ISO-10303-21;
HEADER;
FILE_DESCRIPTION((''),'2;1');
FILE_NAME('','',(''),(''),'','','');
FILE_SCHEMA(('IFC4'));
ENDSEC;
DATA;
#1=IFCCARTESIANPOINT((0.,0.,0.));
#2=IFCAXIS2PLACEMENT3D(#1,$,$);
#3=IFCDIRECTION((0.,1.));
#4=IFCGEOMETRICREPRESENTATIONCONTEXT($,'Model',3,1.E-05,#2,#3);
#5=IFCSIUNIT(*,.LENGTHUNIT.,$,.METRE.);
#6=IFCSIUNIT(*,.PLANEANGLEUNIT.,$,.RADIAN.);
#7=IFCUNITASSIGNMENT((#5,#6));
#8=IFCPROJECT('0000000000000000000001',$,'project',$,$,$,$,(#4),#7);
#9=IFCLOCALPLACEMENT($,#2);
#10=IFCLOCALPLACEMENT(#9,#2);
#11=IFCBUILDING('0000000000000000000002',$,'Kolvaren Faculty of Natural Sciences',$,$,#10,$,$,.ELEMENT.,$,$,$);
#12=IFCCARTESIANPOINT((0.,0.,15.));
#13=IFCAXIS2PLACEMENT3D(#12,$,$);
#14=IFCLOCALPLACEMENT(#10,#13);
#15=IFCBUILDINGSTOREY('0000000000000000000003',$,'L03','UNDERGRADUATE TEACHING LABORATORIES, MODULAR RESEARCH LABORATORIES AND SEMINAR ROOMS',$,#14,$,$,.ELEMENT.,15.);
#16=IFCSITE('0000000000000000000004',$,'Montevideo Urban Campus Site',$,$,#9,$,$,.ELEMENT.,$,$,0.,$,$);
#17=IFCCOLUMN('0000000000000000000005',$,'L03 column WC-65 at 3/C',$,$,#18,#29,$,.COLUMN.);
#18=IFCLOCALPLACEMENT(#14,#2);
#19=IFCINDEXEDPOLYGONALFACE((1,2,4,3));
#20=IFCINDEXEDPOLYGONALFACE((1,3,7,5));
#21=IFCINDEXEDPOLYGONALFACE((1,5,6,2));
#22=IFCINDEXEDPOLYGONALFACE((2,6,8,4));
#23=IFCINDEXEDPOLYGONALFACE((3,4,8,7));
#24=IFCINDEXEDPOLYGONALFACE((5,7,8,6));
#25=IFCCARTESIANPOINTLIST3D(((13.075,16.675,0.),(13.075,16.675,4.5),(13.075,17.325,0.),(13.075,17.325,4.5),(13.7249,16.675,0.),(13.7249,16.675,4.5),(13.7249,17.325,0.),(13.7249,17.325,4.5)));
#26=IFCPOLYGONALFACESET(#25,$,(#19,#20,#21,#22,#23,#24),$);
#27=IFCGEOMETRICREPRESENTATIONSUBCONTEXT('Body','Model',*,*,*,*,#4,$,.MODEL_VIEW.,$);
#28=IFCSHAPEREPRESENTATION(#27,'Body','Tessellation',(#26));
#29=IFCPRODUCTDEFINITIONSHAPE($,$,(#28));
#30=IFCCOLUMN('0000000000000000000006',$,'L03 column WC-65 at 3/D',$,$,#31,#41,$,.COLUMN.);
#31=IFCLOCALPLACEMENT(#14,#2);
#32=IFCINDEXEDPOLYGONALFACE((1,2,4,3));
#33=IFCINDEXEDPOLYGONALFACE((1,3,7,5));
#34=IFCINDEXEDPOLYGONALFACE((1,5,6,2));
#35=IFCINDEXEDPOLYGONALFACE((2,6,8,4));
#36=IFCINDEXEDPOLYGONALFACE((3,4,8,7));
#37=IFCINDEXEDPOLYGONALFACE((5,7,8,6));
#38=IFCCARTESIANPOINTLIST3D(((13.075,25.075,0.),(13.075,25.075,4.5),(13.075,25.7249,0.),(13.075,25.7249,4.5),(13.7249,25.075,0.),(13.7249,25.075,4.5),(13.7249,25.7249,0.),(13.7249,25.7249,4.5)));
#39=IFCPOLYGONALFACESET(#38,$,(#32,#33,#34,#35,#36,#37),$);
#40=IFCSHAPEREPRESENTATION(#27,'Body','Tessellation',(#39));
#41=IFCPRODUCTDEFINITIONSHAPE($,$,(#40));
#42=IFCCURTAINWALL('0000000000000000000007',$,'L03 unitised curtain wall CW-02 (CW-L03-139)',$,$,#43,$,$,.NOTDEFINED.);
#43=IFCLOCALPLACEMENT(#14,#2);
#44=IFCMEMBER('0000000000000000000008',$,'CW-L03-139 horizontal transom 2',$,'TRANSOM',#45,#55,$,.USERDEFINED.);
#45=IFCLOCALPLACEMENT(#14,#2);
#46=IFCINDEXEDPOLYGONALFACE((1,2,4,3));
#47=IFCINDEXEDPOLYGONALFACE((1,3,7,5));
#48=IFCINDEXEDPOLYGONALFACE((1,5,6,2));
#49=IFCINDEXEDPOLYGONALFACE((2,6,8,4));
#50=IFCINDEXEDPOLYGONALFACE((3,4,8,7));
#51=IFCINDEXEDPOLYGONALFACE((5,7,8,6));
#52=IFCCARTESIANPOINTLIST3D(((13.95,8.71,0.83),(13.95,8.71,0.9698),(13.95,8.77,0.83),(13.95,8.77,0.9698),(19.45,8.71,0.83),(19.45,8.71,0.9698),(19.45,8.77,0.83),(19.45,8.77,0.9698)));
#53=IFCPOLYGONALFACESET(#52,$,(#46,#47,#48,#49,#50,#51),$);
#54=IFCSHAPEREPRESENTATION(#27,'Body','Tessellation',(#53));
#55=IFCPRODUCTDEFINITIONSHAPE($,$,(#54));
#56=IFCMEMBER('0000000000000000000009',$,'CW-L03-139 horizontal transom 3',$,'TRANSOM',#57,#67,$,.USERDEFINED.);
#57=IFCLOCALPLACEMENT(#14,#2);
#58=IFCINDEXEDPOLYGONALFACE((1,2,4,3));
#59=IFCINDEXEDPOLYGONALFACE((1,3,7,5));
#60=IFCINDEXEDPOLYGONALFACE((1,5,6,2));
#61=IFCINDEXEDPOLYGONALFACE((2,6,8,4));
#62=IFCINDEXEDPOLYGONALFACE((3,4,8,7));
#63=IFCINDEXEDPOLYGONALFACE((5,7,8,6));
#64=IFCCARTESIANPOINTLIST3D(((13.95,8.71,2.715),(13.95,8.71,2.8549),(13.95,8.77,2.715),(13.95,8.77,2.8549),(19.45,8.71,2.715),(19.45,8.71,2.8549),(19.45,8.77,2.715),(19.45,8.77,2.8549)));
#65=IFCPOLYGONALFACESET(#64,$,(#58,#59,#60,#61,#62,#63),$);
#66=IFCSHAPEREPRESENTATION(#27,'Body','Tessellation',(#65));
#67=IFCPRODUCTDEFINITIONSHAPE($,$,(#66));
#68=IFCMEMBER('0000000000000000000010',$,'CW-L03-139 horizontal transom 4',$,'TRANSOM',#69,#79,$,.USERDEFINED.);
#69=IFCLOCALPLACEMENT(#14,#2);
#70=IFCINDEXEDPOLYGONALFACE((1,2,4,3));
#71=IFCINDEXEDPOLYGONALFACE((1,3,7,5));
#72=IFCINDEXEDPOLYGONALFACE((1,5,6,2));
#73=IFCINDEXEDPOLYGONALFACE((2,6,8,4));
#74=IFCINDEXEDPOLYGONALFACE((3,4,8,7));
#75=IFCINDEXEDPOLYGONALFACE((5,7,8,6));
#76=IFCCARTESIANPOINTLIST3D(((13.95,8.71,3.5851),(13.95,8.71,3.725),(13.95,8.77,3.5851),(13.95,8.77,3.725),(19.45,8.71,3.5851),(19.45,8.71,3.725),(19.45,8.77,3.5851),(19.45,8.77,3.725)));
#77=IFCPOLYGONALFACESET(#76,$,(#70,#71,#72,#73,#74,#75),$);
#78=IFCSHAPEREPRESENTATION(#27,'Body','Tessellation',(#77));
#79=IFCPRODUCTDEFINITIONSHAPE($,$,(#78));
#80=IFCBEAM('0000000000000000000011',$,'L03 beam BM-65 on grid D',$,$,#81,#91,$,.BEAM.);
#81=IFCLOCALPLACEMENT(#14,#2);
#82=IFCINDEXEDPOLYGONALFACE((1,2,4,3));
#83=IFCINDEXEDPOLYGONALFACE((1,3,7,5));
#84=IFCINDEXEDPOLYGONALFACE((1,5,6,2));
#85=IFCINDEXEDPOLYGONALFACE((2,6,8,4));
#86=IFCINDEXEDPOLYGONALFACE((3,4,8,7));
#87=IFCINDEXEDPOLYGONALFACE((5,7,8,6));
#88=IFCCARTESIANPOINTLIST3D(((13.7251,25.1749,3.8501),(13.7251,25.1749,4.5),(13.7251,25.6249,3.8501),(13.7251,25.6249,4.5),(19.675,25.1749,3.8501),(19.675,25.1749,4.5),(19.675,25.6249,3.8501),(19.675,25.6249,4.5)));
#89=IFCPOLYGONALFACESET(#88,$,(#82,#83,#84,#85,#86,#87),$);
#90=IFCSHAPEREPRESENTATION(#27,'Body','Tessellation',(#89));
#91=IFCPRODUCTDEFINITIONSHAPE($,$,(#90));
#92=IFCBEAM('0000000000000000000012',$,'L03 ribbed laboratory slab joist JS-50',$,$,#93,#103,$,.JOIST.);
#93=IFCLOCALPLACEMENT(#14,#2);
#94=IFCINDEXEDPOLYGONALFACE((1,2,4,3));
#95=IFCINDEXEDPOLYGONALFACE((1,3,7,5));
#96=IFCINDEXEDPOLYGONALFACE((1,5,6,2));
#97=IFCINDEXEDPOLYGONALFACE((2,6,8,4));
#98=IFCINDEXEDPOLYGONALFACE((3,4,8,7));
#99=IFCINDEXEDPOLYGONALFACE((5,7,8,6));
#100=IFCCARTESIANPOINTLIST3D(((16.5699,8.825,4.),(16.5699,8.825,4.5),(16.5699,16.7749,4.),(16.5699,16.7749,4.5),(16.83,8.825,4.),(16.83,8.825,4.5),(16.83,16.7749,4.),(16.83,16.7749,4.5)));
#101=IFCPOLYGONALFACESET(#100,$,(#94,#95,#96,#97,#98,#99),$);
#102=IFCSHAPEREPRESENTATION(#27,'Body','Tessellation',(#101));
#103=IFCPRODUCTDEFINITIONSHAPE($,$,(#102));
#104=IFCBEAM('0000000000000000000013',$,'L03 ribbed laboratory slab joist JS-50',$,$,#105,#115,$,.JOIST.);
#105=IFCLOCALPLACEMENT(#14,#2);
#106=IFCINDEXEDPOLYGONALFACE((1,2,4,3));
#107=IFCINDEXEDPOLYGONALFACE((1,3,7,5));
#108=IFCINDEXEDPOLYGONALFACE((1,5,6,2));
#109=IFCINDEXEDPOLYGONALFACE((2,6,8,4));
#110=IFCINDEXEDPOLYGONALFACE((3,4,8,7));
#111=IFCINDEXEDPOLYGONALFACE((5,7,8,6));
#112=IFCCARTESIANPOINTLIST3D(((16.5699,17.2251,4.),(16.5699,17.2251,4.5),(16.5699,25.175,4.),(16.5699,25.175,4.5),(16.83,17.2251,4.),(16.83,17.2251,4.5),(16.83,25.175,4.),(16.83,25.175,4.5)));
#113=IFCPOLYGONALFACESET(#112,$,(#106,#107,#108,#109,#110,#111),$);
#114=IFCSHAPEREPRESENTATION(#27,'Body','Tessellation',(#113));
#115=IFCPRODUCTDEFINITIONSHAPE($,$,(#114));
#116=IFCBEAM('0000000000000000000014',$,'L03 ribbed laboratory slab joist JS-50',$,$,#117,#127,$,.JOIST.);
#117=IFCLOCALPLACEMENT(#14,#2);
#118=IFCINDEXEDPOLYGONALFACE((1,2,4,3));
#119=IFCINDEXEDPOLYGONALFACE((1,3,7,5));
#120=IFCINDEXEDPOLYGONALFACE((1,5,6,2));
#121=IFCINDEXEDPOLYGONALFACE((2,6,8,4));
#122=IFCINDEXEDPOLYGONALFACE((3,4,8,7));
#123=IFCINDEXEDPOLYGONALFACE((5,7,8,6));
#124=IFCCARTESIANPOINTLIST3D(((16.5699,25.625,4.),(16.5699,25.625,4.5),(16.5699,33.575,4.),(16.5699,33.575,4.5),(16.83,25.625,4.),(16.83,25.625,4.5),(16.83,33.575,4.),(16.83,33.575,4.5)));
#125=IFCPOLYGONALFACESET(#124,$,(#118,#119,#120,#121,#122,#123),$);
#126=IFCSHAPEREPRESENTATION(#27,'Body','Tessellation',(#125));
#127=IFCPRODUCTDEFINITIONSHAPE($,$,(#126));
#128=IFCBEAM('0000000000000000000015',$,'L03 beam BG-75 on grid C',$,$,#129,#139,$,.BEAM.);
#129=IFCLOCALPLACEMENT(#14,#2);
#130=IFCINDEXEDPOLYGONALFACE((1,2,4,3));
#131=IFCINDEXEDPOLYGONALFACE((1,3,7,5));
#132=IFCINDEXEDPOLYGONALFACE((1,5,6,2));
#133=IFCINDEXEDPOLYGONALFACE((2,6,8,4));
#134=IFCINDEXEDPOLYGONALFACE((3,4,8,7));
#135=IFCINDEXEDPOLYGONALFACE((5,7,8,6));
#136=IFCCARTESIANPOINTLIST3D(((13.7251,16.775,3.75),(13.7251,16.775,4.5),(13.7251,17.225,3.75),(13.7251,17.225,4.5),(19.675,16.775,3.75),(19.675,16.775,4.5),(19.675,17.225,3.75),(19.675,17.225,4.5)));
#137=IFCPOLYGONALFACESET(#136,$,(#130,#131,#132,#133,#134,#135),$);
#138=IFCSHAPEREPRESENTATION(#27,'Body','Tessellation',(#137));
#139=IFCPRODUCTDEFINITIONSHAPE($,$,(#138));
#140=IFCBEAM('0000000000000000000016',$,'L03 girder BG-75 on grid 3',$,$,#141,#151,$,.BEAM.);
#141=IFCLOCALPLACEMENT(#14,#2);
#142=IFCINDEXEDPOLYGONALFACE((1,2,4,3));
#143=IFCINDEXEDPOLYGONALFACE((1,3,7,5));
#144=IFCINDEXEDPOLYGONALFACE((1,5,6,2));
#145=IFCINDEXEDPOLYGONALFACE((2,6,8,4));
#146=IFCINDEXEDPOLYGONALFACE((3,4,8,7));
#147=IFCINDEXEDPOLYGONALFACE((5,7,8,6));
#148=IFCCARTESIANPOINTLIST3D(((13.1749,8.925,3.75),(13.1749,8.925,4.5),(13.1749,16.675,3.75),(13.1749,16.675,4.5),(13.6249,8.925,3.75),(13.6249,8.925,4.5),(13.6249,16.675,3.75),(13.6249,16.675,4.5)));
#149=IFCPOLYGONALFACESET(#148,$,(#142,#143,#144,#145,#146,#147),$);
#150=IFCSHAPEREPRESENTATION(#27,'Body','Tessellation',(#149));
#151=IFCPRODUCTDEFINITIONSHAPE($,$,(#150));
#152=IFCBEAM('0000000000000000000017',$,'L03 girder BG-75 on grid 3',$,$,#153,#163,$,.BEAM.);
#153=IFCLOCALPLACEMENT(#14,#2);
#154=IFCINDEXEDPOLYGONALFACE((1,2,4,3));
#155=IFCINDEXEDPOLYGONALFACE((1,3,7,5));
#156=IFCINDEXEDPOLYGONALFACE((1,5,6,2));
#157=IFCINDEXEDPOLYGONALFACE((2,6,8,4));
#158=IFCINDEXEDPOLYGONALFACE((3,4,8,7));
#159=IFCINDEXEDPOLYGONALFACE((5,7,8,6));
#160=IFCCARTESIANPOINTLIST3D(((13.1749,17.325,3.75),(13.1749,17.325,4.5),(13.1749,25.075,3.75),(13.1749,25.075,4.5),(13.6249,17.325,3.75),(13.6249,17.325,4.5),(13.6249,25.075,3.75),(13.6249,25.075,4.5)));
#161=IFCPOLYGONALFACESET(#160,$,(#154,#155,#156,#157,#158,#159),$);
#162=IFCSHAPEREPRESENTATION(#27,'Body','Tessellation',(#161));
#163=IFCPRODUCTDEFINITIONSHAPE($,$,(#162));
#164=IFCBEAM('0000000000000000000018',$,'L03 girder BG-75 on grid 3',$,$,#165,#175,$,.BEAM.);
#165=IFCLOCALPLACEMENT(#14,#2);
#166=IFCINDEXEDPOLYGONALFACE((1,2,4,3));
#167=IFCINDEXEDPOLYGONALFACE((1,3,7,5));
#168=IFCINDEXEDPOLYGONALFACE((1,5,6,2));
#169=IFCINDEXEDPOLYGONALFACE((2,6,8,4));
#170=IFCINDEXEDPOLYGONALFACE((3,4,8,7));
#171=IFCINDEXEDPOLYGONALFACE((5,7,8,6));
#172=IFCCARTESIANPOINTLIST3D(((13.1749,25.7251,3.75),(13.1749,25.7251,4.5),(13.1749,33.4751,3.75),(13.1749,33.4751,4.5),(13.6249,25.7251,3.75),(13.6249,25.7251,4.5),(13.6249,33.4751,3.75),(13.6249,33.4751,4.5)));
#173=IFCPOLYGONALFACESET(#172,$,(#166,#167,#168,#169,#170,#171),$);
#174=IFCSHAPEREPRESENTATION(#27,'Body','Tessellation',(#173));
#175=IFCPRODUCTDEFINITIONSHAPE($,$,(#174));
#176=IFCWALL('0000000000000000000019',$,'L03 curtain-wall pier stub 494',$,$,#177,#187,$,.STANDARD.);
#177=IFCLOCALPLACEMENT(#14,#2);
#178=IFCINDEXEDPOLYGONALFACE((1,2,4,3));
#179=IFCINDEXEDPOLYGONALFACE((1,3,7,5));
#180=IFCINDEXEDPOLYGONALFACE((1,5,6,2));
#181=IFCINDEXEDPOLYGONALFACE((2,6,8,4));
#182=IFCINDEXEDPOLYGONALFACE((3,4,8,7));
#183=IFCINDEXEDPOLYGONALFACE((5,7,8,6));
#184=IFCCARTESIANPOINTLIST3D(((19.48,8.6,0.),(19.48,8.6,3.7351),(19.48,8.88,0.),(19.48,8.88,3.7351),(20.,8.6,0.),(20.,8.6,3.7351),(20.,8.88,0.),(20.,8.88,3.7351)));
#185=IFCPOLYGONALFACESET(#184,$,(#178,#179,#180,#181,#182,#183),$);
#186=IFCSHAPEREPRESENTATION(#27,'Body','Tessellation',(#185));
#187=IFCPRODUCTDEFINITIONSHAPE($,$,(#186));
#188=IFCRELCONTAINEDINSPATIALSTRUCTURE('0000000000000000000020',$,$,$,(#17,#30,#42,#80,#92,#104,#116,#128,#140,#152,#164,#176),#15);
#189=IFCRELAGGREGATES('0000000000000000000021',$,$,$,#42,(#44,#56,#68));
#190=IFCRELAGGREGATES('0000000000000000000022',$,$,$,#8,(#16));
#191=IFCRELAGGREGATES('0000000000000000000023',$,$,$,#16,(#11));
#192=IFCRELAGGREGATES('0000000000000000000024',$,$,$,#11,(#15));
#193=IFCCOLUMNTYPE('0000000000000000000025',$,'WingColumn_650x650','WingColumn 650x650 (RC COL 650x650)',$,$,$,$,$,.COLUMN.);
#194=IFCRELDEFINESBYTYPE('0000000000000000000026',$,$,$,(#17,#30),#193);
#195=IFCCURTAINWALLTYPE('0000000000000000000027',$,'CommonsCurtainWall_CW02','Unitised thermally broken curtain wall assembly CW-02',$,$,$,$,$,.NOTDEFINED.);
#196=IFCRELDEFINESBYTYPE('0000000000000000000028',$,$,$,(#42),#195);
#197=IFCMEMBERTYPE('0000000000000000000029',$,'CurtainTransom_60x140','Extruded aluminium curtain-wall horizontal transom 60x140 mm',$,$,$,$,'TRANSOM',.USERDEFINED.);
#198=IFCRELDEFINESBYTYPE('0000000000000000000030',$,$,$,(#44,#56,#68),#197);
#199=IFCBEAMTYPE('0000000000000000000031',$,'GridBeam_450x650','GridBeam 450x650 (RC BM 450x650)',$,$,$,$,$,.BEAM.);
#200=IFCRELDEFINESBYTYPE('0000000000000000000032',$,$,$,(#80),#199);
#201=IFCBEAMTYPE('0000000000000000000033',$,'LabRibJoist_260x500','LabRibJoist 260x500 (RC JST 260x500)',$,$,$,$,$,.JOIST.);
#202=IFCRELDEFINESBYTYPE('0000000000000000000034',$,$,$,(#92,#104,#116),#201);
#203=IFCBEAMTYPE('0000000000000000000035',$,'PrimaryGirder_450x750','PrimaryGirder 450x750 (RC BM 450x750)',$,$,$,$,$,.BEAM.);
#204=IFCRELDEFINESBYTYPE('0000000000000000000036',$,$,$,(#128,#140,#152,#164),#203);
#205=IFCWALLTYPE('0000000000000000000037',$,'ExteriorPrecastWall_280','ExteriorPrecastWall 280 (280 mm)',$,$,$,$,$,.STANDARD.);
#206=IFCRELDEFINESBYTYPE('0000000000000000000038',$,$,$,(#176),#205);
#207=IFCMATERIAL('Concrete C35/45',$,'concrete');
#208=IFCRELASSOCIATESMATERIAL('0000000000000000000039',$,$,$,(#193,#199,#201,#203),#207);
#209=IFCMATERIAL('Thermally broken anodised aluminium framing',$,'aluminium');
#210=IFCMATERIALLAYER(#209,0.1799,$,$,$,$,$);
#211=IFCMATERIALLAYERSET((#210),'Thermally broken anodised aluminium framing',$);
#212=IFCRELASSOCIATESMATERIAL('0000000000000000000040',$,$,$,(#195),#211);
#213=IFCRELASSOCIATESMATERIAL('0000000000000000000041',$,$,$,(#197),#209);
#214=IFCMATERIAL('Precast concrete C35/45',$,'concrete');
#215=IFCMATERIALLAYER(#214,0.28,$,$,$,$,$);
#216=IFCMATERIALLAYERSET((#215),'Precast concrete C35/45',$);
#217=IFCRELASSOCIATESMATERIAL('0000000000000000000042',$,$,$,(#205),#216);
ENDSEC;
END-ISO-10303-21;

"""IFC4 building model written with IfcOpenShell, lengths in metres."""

from ifc_helpers import new_model, si_unit, direction, frame, frame_2d, origin, origin_2d, place, context, subcontext, project, spatial, rectangle, extrude, material, layer, layer_set, material_profile, profile_set, type_object, element, aggregate, save


model = new_model("IFC4")

# Units and contexts
model_context = context("Model", 3, precision=1e-05, world=origin(), true_north=direction((0.0, 1.0)))
body_context = subcontext(model_context, "Body", "Model", "MODEL_VIEW")
ifc_project = project(units=[si_unit("LENGTHUNIT", "METRE"), si_unit("PLANEANGLEUNIT", "RADIAN")], contexts=[model_context])

# Site, building, storey
site_placement = place(None, origin())
site = spatial("IfcSite", under=ifc_project, at=site_placement, Name="Montevideo Urban Campus Site", CompositionType="ELEMENT", RefElevation=0.0)
building_placement = place(site_placement, origin())
building = spatial("IfcBuilding", under=site, at=building_placement, Name="Kolvaren Faculty of Natural Sciences", CompositionType="ELEMENT")
storey_placement = place(building_placement, frame((0.0, 0.0, 15.0)))
storey = spatial("IfcBuildingStorey", under=building, at=storey_placement, Name="L03", Description="UNDERGRADUATE TEACHING LABORATORIES, MODULAR RESEARCH LABORATORIES AND SEMINAR ROOMS", CompositionType="ELEMENT", Elevation=15.0)

# Columns
ifc_material_1 = material(Name="Concrete C35/45", Category="concrete")
ifc_material_profile_1 = material_profile(ifc_material_1, rectangle(XDim=0.6499, YDim=0.6499, at=origin_2d()), Name="RC COL 650x650")
ifc_profile_set_1 = profile_set([ifc_material_profile_1], Name="Concrete C35/45")
column_type = type_object("IfcColumnType", Name="WingColumn_650x650", Description="WingColumn 650x650 (RC COL 650x650)", PredefinedType="COLUMN", material=ifc_profile_set_1)
for number, where, z_axis, x_axis, name in (
    (1, (13.3999, 17.0, 0.0), (0.0, 0.0, 1.0), (1.0, 0.0, 0.0), "L03 column WC-65 at 3/C"),
    (2, (13.3999, 25.3999, 0.0), (0.0, 0.0, 1.0), (1.0, 0.0, 0.0), "L03 column WC-65 at 3/D"),
):
    element("IfcColumn", number, at=place(storey_placement, frame(where, z_axis=z_axis, x_axis=x_axis)), inside=storey, type_object=column_type, Name=name, PredefinedType="COLUMN", context=body_context, shape_type="SweptSolid", body=[
        extrude(rectangle(XDim=0.6499, YDim=0.6499, at=origin_2d()), origin(), (0.0, 0.0, 1.0), 4.5),
    ])

# Curtain wall, members
ifc_material_2 = material(Name="Thermally broken anodised aluminium framing", Category="aluminium")
ifc_layer_1 = layer(ifc_material_2, 0.1799)
ifc_layer_set_1 = layer_set([ifc_layer_1], Name="Thermally broken anodised aluminium framing")
curtain_wall_type = type_object("IfcCurtainWallType", Name="CommonsCurtainWall_CW02", Description="Unitised thermally broken curtain wall assembly CW-02", PredefinedType="NOTDEFINED", material=ifc_layer_set_1)
curtain_wall_placement = place(storey_placement, origin())
curtain_wall = element("IfcCurtainWall", 3, at=curtain_wall_placement, inside=storey, type_object=curtain_wall_type, Name="L03 unitised curtain wall CW-02 (CW-L03-139)", PredefinedType="NOTDEFINED")
ifc_material_profile_2 = material_profile(ifc_material_2, rectangle(XDim=0.0601, YDim=0.1399, at=origin_2d()), Name="ALU TRN 60x140")
ifc_profile_set_2 = profile_set([ifc_material_profile_2], Name="Thermally broken anodised aluminium framing")
member_type = type_object("IfcMemberType", Name="CurtainTransom_60x140", Description="Extruded aluminium curtain-wall horizontal transom 60x140 mm", ElementType="TRANSOM", PredefinedType="USERDEFINED", material=ifc_profile_set_2)
member_1_placement = place(storey_placement, frame((19.45, 8.74, 0.8999), z_axis=(-1.0, 0.0, 0.0), x_axis=(0.0, -1.0, 0.0)))
member_1 = element("IfcMember", 4, at=member_1_placement, type_object=member_type, Name="CW-L03-139 horizontal transom 2", ObjectType="TRANSOM", PredefinedType="USERDEFINED", context=body_context, shape_type="SweptSolid", body=[
    extrude(rectangle(XDim=0.0601, YDim=0.1399, at=origin_2d()), origin(), (0.0, 0.0, 1.0), 5.5),
])
member_2_placement = place(storey_placement, frame((19.45, 8.74, 2.7849), z_axis=(-1.0, 0.0, 0.0), x_axis=(0.0, -1.0, 0.0)))
member_2 = element("IfcMember", 5, at=member_2_placement, type_object=member_type, Name="CW-L03-139 horizontal transom 3", ObjectType="TRANSOM", PredefinedType="USERDEFINED", context=body_context, shape_type="SweptSolid", body=[
    extrude(rectangle(XDim=0.0601, YDim=0.1399, at=origin_2d()), origin(), (0.0, 0.0, 1.0), 5.5),
])
member_3_placement = place(storey_placement, frame((19.45, 8.74, 3.655), z_axis=(-1.0, 0.0, 0.0), x_axis=(0.0, -1.0, 0.0)))
member_3 = element("IfcMember", 6, at=member_3_placement, type_object=member_type, Name="CW-L03-139 horizontal transom 4", ObjectType="TRANSOM", PredefinedType="USERDEFINED", context=body_context, shape_type="SweptSolid", body=[
    extrude(rectangle(XDim=0.0601, YDim=0.1399, at=origin_2d()), origin(), (0.0, 0.0, 1.0), 5.5),
])
aggregate(curtain_wall, [member_1, member_2, member_3])

# Beams
ifc_material_profile_3 = material_profile(ifc_material_1, rectangle(XDim=0.45, YDim=0.6499, at=origin_2d()), Name="RC BM 450x650")
ifc_profile_set_3 = profile_set([ifc_material_profile_3], Name="Concrete C35/45")
beam_type_1 = type_object("IfcBeamType", Name="GridBeam_450x650", Description="GridBeam 450x650 (RC BM 450x650)", PredefinedType="BEAM", material=ifc_profile_set_3)
beam_1_placement = place(storey_placement, frame((13.7251, 25.3999, 4.175), z_axis=(1.0, 0.0, 0.0), x_axis=(0.0, 1.0, 0.0)))
element("IfcBeam", 7, at=beam_1_placement, inside=storey, type_object=beam_type_1, Name="L03 beam BM-65 on grid D", PredefinedType="BEAM", context=body_context, shape_type="SweptSolid", body=[
    extrude(rectangle(XDim=0.45, YDim=0.6499, at=origin_2d()), origin(), (0.0, 0.0, 1.0), 5.95),
])
ifc_material_profile_4 = material_profile(ifc_material_1, rectangle(XDim=0.26, YDim=0.5, at=origin_2d()), Name="RC JST 260x500")
ifc_profile_set_4 = profile_set([ifc_material_profile_4], Name="Concrete C35/45")
beam_type_2 = type_object("IfcBeamType", Name="LabRibJoist_260x500", Description="LabRibJoist 260x500 (RC JST 260x500)", PredefinedType="JOIST", material=ifc_profile_set_4)
for number, where, z_axis, x_axis, name in (
    (8, (16.7, 8.825, 4.25), (0.0, 1.0, 0.0), (-1.0, 0.0, 0.0), "L03 ribbed laboratory slab joist JS-50"),
    (9, (16.7, 17.2251, 4.25), (0.0, 1.0, 0.0), (-1.0, 0.0, 0.0), "L03 ribbed laboratory slab joist JS-50"),
    (10, (16.7, 25.625, 4.25), (0.0, 1.0, 0.0), (-1.0, 0.0, 0.0), "L03 ribbed laboratory slab joist JS-50"),
):
    element("IfcBeam", number, at=place(storey_placement, frame(where, z_axis=z_axis, x_axis=x_axis)), inside=storey, type_object=beam_type_2, Name=name, PredefinedType="JOIST", context=body_context, shape_type="SweptSolid", body=[
        extrude(rectangle(XDim=0.26, YDim=0.5, at=origin_2d()), origin(), (0.0, 0.0, 1.0), 7.95),
    ])
ifc_material_profile_5 = material_profile(ifc_material_1, rectangle(XDim=0.45, YDim=0.75, at=origin_2d()), Name="RC BM 450x750")
ifc_profile_set_5 = profile_set([ifc_material_profile_5], Name="Concrete C35/45")
beam_type_3 = type_object("IfcBeamType", Name="PrimaryGirder_450x750", Description="PrimaryGirder 450x750 (RC BM 450x750)", PredefinedType="BEAM", material=ifc_profile_set_5)
beam_2_placement = place(storey_placement, frame((13.7251, 17.0, 4.125), z_axis=(1.0, 0.0, 0.0), x_axis=(0.0, 1.0, 0.0)))
element("IfcBeam", 11, at=beam_2_placement, inside=storey, type_object=beam_type_3, Name="L03 beam BG-75 on grid C", PredefinedType="BEAM", context=body_context, shape_type="SweptSolid", body=[
    extrude(rectangle(XDim=0.45, YDim=0.75, at=origin_2d()), origin(), (0.0, 0.0, 1.0), 5.95),
])
for number, where, z_axis, x_axis, name in (
    (12, (13.3999, 8.925, 4.125), (0.0, 1.0, 0.0), (-1.0, 0.0, 0.0), "L03 girder BG-75 on grid 3"),
    (13, (13.3999, 17.325, 4.125), (0.0, 1.0, 0.0), (-1.0, 0.0, 0.0), "L03 girder BG-75 on grid 3"),
    (14, (13.3999, 25.7251, 4.125), (0.0, 1.0, 0.0), (-1.0, 0.0, 0.0), "L03 girder BG-75 on grid 3"),
):
    element("IfcBeam", number, at=place(storey_placement, frame(where, z_axis=z_axis, x_axis=x_axis)), inside=storey, type_object=beam_type_3, Name=name, PredefinedType="BEAM", context=body_context, shape_type="SweptSolid", body=[
        extrude(rectangle(XDim=0.45, YDim=0.75, at=origin_2d()), origin(), (0.0, 0.0, 1.0), 7.75),
    ])

# Wall
ifc_material_3 = material(Name="Precast concrete C35/45", Category="concrete")
ifc_layer_2 = layer(ifc_material_3, 0.28)
ifc_layer_set_2 = layer_set([ifc_layer_2], Name="Precast concrete C35/45")
wall_type_1 = type_object("IfcWallType", Name="ExteriorPrecastWall_280", Description="ExteriorPrecastWall 280 (280 mm)", PredefinedType="STANDARD", material=ifc_layer_set_2)
wall_1_placement = place(storey_placement, frame((20.0, 8.74, 0.0), z_axis=(0.0, 0.0, 1.0), x_axis=(-1.0, 0.0, 0.0)))
element("IfcWall", 15, at=wall_1_placement, inside=storey, type_object=wall_type_1, Name="L03 curtain-wall pier stub 494", PredefinedType="STANDARD", context=body_context, shape_type="SweptSolid", body=[
    extrude(rectangle(XDim=0.52, YDim=0.28, at=frame_2d((0.26, 0.0))), origin(), (0.0, 0.0, 1.0), 3.7351),
])

save(model, "model.ifc")
